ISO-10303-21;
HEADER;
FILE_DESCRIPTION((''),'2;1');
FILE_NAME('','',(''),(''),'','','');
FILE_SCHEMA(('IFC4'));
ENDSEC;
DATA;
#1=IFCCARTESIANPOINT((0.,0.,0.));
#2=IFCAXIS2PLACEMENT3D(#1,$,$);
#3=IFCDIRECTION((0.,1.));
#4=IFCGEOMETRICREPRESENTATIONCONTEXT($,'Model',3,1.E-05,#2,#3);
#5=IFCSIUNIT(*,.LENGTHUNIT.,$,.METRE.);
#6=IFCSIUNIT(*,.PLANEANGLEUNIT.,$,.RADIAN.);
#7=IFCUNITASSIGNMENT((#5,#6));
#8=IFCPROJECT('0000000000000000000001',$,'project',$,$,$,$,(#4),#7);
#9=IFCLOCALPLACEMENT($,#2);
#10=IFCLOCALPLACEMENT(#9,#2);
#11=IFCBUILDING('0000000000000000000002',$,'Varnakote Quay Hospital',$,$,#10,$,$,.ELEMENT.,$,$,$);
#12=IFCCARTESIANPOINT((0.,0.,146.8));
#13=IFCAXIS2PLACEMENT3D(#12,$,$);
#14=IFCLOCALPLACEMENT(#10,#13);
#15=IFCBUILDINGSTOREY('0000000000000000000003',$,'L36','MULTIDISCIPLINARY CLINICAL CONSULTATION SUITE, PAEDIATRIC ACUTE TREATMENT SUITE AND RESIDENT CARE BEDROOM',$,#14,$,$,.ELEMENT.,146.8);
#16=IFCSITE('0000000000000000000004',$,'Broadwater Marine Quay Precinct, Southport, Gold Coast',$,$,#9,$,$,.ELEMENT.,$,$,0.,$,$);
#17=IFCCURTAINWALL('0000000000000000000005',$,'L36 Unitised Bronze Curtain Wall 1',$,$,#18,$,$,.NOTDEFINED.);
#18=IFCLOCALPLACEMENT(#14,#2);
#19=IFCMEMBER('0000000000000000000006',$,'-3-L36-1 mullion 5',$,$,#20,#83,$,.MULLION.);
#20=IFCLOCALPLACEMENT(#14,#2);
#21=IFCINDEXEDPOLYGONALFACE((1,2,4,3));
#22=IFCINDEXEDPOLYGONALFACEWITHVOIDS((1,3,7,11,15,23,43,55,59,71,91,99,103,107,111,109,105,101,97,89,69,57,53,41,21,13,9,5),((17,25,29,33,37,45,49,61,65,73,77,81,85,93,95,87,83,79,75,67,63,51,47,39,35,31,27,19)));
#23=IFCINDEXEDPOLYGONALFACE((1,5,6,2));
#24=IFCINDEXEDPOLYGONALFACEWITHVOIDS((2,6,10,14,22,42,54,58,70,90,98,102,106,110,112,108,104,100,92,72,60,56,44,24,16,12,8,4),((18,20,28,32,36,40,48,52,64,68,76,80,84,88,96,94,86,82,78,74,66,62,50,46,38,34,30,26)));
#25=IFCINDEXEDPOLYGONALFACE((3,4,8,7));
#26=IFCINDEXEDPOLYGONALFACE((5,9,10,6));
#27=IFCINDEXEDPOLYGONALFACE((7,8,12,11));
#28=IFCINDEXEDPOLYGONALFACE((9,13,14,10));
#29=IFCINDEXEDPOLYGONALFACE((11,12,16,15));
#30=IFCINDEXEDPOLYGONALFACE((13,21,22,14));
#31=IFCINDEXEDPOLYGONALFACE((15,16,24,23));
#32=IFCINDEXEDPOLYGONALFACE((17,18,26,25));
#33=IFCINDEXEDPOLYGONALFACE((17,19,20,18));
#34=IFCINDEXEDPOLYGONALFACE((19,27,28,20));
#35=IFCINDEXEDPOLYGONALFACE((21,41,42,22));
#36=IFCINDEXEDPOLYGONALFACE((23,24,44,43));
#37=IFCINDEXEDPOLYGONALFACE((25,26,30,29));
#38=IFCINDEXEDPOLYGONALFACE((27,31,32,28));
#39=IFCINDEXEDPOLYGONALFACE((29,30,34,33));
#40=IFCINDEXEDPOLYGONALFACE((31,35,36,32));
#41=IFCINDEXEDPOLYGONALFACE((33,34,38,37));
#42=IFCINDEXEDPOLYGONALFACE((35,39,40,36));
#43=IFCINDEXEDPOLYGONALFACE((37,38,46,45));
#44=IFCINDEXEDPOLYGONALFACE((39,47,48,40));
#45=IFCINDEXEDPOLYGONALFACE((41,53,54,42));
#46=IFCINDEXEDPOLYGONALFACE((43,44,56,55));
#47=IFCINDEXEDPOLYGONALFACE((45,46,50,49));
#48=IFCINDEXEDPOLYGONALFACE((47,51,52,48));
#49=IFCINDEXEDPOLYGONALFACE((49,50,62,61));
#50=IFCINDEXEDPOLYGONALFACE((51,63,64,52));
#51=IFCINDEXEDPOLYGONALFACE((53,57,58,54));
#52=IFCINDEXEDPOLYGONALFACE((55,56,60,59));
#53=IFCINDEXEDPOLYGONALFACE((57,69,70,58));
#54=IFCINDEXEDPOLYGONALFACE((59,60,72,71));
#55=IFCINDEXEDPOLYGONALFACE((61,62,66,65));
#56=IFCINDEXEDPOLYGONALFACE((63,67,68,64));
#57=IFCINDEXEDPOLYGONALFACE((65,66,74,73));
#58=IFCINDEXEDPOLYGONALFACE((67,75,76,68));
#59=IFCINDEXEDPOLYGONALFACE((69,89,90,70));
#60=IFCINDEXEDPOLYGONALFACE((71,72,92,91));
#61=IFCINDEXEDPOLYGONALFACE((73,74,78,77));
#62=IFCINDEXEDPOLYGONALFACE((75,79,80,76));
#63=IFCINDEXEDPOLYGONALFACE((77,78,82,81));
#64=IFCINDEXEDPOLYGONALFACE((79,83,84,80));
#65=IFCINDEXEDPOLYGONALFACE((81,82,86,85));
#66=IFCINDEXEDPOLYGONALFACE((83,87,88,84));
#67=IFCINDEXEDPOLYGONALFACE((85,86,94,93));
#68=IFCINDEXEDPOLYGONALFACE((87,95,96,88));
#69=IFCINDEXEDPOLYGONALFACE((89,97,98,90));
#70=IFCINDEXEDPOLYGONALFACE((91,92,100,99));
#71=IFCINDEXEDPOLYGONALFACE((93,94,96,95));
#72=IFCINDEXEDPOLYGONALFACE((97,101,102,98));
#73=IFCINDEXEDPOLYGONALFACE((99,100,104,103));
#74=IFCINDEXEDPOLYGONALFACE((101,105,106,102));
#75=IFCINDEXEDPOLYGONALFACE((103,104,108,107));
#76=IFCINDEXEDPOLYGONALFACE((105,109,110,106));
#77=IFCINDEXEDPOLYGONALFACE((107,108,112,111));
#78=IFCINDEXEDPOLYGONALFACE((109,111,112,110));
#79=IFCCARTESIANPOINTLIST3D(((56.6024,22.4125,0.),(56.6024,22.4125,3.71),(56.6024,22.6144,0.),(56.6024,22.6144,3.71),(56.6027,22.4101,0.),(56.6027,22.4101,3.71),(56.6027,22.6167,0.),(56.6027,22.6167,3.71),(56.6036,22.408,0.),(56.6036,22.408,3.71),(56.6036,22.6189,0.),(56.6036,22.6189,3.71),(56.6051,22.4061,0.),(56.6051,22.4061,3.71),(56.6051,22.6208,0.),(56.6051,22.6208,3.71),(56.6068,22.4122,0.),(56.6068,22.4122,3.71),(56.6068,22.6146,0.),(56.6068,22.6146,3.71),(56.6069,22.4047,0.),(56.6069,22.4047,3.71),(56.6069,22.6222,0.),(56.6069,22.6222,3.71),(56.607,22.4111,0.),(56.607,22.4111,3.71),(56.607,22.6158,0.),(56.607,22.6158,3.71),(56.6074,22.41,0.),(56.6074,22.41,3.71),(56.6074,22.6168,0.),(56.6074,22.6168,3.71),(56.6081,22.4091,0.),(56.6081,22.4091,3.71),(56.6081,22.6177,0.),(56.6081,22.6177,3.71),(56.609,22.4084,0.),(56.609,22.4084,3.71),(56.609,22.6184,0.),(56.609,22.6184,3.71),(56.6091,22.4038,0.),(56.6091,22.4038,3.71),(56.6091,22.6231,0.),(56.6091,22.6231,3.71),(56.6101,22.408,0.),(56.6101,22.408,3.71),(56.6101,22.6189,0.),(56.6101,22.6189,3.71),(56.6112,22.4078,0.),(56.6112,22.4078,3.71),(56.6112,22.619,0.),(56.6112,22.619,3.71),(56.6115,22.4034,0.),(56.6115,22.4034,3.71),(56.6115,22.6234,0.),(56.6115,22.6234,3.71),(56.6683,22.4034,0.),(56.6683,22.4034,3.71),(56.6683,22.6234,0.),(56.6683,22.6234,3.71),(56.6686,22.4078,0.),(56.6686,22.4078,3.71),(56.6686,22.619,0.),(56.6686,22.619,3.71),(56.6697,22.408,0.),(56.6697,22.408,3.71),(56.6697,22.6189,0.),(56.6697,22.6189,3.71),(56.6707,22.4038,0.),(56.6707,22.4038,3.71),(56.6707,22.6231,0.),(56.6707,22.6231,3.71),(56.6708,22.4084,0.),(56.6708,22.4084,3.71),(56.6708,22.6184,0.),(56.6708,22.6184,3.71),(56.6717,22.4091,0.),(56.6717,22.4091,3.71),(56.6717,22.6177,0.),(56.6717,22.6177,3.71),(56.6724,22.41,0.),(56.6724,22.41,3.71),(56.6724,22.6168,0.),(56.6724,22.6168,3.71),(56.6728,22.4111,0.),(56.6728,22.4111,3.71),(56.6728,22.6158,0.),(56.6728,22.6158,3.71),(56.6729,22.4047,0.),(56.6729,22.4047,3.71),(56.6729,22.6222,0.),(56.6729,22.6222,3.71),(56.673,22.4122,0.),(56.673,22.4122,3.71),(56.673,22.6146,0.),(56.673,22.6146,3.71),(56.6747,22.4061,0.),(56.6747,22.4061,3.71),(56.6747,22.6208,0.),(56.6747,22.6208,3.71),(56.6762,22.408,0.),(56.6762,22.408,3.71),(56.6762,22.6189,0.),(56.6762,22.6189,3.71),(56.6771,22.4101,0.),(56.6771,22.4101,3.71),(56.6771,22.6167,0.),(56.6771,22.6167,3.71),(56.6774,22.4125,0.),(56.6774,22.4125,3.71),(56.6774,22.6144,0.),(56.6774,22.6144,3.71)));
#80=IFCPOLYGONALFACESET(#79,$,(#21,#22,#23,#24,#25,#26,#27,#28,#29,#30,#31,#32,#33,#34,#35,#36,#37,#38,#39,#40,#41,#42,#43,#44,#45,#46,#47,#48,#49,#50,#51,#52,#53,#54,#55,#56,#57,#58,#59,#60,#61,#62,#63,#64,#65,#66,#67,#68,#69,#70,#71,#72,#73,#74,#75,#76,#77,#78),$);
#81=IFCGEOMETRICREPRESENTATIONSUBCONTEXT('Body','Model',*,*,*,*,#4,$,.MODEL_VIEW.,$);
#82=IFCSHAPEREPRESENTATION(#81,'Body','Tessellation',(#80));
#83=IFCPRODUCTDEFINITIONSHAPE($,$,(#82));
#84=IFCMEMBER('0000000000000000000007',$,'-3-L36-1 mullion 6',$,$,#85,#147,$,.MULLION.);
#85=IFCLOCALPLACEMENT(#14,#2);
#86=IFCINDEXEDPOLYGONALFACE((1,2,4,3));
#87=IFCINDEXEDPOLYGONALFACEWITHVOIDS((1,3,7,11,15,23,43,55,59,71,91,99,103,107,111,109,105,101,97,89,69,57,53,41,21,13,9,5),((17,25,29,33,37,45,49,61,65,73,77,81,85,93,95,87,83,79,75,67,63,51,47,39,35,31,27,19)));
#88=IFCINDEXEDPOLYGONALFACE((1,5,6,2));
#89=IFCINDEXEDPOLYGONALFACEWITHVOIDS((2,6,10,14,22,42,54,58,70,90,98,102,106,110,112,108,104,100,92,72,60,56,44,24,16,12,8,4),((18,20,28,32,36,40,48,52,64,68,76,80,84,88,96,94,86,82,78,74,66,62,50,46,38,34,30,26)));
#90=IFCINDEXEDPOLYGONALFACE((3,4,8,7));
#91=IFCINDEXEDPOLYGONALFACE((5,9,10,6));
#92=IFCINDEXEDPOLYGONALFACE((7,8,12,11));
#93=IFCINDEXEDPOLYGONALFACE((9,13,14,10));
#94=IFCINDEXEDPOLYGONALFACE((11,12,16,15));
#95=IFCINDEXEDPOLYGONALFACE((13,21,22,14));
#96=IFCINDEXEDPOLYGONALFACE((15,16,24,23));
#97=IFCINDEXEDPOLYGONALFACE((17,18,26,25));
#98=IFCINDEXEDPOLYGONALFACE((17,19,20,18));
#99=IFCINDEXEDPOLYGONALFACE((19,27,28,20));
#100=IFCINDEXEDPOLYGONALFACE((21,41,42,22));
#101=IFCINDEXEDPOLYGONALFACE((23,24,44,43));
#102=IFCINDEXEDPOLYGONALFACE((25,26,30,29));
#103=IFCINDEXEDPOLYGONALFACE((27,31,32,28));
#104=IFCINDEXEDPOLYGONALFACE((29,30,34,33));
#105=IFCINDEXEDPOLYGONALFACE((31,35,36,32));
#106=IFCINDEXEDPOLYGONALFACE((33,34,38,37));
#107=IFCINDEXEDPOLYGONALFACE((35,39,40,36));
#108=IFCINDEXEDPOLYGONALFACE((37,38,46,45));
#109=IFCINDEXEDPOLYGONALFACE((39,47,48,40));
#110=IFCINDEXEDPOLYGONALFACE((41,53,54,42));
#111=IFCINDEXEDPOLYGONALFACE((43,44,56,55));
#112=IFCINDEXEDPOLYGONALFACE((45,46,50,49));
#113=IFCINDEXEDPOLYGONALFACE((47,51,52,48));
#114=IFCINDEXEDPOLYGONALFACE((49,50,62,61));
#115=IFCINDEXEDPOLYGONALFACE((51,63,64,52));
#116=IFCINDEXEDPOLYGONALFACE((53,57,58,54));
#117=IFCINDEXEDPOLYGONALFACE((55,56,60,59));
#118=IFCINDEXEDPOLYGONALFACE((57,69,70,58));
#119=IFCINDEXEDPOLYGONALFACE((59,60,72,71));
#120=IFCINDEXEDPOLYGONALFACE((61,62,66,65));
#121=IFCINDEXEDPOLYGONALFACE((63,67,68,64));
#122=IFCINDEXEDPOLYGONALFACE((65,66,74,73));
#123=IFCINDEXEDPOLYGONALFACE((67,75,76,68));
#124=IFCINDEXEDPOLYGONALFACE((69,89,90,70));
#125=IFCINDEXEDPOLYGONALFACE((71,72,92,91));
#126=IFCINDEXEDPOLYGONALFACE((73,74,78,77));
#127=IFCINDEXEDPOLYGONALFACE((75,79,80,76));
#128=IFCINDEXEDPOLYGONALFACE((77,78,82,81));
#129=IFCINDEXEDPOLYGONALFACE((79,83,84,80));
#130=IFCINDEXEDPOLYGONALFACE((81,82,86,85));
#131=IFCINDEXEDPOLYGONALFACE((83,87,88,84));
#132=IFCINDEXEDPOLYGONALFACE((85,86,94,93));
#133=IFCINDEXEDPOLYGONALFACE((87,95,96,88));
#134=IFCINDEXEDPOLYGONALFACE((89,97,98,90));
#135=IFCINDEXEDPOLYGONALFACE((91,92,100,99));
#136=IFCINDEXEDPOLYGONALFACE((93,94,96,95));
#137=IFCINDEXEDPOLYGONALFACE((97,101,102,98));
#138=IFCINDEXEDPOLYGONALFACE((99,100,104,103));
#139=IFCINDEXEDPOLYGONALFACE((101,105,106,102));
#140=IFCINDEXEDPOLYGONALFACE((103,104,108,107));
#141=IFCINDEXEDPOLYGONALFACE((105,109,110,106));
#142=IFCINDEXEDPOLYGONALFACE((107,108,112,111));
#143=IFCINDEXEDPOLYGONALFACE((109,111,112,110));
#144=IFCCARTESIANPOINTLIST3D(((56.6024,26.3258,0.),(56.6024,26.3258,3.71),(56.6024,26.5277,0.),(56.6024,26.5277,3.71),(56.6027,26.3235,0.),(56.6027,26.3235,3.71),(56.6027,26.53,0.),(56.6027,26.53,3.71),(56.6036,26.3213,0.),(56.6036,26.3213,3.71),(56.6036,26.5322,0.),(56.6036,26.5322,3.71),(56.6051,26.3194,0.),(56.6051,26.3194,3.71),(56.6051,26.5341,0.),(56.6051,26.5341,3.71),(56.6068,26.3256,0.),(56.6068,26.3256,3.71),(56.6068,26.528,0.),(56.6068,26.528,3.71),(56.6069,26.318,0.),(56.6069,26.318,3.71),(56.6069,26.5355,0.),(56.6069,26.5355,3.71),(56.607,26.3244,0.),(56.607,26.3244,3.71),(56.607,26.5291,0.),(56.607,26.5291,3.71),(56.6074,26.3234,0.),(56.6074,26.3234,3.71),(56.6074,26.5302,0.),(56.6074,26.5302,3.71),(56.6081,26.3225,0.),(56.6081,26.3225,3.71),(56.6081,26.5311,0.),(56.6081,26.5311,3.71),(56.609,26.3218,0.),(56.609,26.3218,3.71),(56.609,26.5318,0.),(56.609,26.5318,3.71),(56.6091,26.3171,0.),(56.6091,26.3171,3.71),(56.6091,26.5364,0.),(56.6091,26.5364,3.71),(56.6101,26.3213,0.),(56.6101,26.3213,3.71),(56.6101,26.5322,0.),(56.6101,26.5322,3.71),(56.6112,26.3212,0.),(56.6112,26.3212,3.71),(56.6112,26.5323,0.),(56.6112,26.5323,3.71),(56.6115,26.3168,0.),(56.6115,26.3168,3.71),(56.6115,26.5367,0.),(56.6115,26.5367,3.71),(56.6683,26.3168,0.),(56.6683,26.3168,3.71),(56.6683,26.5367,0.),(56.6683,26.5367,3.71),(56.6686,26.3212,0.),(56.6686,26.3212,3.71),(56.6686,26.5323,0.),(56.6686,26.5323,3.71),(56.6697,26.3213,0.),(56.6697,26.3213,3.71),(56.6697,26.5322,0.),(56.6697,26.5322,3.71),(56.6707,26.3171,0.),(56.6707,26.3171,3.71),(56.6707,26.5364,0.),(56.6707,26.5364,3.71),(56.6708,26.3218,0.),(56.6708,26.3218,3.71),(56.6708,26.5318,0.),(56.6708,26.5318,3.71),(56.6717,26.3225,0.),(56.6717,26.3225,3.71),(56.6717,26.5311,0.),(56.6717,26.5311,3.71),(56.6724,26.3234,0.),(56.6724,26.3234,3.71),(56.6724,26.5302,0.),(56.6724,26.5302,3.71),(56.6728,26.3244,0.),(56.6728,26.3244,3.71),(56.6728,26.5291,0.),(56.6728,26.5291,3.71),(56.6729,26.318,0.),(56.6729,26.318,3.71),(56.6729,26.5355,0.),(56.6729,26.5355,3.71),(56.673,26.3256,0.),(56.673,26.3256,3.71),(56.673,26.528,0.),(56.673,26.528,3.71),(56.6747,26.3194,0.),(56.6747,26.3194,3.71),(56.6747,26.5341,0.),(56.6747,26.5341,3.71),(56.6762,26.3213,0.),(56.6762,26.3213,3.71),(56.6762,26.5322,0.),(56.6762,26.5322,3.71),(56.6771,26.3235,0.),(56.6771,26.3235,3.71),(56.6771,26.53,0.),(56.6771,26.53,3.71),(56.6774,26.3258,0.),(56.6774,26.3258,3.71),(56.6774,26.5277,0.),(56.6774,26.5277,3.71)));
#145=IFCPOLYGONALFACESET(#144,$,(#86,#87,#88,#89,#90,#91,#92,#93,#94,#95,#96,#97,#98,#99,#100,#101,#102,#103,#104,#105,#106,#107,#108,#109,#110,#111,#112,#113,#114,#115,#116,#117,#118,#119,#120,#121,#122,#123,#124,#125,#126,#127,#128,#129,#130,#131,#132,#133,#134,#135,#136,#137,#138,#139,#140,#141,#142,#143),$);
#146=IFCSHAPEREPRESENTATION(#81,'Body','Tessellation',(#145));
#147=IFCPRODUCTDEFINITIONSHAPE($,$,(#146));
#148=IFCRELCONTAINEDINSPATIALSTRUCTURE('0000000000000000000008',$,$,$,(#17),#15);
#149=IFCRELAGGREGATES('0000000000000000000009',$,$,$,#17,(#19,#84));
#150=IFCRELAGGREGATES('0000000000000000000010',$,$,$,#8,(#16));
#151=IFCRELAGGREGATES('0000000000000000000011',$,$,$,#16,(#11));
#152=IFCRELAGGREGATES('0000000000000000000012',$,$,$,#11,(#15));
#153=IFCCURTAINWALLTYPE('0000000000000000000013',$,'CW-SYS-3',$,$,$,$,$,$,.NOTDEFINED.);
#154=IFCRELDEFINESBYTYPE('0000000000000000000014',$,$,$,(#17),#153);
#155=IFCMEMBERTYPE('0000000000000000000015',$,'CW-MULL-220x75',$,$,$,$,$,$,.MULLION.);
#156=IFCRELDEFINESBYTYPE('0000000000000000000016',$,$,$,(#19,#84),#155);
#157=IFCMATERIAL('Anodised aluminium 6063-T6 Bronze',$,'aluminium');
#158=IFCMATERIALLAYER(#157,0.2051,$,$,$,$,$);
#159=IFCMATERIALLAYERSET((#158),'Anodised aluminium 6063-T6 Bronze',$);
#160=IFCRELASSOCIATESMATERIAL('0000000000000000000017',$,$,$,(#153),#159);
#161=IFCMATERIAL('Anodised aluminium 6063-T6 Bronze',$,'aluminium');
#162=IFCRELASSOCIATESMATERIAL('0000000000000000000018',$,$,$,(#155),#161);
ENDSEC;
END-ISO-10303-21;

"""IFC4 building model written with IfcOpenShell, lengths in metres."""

from ifc_helpers import new_model, si_unit, direction, frame, origin, origin_2d, place, context, subcontext, project, spatial, hollow_rectangle, extrude, material, layer, layer_set, material_profile, profile_set, type_object, element, aggregate, save


model = new_model("IFC4")

# Units and contexts
model_context = context("Model", 3, precision=1e-05, world=origin(), true_north=direction((0.0, 1.0)))
body_context = subcontext(model_context, "Body", "Model", "MODEL_VIEW")
ifc_project = project(units=[si_unit("LENGTHUNIT", "METRE"), si_unit("PLANEANGLEUNIT", "RADIAN")], contexts=[model_context])

# Site, building, storey
site_placement = place(None, origin())
site = spatial("IfcSite", under=ifc_project, at=site_placement, Name="Broadwater Marine Quay Precinct, Southport, Gold Coast", CompositionType="ELEMENT", RefElevation=0.0)
building_placement = place(site_placement, origin())
building = spatial("IfcBuilding", under=site, at=building_placement, Name="Varnakote Quay Hospital", CompositionType="ELEMENT")
storey_placement = place(building_placement, frame((0.0, 0.0, 146.8)))
storey = spatial("IfcBuildingStorey", under=building, at=storey_placement, Name="L36", Description="MULTIDISCIPLINARY CLINICAL CONSULTATION SUITE, PAEDIATRIC ACUTE TREATMENT SUITE AND RESIDENT CARE BEDROOM", CompositionType="ELEMENT", Elevation=146.8)

# Curtain wall, members
ifc_material_1 = material(Name="Anodised aluminium 6063-T6 Bronze", Category="aluminium")
ifc_layer_1 = layer(ifc_material_1, 0.2051)
ifc_layer_set_1 = layer_set([ifc_layer_1], Name="Anodised aluminium 6063-T6 Bronze")
curtain_wall_type = type_object("IfcCurtainWallType", Name="CW-SYS-3", PredefinedType="NOTDEFINED", material=ifc_layer_set_1)
curtain_wall_placement = place(storey_placement, origin())
curtain_wall = element("IfcCurtainWall", 1, at=curtain_wall_placement, inside=storey, type_object=curtain_wall_type, Name="L36 Unitised Bronze Curtain Wall 1", PredefinedType="NOTDEFINED")
ifc_material_2 = material(Name="Anodised aluminium 6063-T6 Bronze", Category="aluminium")
ifc_material_profile_1 = material_profile(ifc_material_2, hollow_rectangle(XDim=0.075, YDim=0.22, WallThickness=0.0044, InnerFilletRadius=0.0044, OuterFilletRadius=0.009, at=origin_2d()), Name="CW-MULL-220x75")
ifc_profile_set_1 = profile_set([ifc_material_profile_1], Name="Anodised aluminium 6063-T6 Bronze")
member_type_1 = type_object("IfcMemberType", Name="CW-MULL-220x75", PredefinedType="MULLION", material=ifc_profile_set_1)
member_1_placement = place(storey_placement, frame((56.6399, 22.5134, 0.0), z_axis=(0.0, 0.0, 1.0), x_axis=(-1.0, 0.0, 0.0)))
member_1 = element("IfcMember", 2, at=member_1_placement, type_object=member_type_1, Name="-3-L36-1 mullion 5", PredefinedType="MULLION", context=body_context, shape_type="SweptSolid", body=[
    extrude(hollow_rectangle(XDim=0.075, YDim=0.22, WallThickness=0.0044, InnerFilletRadius=0.0044, OuterFilletRadius=0.009, at=origin_2d()), origin(), (0.0, 0.0, 1.0), 3.71),
])
member_2_placement = place(storey_placement, frame((56.6399, 26.4268, 0.0), z_axis=(0.0, 0.0, 1.0), x_axis=(-1.0, 0.0, 0.0)))
member_2 = element("IfcMember", 3, at=member_2_placement, type_object=member_type_1, Name="-3-L36-1 mullion 6", PredefinedType="MULLION", context=body_context, shape_type="SweptSolid", body=[
    extrude(hollow_rectangle(XDim=0.075, YDim=0.22, WallThickness=0.0044, InnerFilletRadius=0.0044, OuterFilletRadius=0.009, at=origin_2d()), origin(), (0.0, 0.0, 1.0), 3.71),
])
aggregate(curtain_wall, [member_1, member_2])

save(model, "model.ifc")
